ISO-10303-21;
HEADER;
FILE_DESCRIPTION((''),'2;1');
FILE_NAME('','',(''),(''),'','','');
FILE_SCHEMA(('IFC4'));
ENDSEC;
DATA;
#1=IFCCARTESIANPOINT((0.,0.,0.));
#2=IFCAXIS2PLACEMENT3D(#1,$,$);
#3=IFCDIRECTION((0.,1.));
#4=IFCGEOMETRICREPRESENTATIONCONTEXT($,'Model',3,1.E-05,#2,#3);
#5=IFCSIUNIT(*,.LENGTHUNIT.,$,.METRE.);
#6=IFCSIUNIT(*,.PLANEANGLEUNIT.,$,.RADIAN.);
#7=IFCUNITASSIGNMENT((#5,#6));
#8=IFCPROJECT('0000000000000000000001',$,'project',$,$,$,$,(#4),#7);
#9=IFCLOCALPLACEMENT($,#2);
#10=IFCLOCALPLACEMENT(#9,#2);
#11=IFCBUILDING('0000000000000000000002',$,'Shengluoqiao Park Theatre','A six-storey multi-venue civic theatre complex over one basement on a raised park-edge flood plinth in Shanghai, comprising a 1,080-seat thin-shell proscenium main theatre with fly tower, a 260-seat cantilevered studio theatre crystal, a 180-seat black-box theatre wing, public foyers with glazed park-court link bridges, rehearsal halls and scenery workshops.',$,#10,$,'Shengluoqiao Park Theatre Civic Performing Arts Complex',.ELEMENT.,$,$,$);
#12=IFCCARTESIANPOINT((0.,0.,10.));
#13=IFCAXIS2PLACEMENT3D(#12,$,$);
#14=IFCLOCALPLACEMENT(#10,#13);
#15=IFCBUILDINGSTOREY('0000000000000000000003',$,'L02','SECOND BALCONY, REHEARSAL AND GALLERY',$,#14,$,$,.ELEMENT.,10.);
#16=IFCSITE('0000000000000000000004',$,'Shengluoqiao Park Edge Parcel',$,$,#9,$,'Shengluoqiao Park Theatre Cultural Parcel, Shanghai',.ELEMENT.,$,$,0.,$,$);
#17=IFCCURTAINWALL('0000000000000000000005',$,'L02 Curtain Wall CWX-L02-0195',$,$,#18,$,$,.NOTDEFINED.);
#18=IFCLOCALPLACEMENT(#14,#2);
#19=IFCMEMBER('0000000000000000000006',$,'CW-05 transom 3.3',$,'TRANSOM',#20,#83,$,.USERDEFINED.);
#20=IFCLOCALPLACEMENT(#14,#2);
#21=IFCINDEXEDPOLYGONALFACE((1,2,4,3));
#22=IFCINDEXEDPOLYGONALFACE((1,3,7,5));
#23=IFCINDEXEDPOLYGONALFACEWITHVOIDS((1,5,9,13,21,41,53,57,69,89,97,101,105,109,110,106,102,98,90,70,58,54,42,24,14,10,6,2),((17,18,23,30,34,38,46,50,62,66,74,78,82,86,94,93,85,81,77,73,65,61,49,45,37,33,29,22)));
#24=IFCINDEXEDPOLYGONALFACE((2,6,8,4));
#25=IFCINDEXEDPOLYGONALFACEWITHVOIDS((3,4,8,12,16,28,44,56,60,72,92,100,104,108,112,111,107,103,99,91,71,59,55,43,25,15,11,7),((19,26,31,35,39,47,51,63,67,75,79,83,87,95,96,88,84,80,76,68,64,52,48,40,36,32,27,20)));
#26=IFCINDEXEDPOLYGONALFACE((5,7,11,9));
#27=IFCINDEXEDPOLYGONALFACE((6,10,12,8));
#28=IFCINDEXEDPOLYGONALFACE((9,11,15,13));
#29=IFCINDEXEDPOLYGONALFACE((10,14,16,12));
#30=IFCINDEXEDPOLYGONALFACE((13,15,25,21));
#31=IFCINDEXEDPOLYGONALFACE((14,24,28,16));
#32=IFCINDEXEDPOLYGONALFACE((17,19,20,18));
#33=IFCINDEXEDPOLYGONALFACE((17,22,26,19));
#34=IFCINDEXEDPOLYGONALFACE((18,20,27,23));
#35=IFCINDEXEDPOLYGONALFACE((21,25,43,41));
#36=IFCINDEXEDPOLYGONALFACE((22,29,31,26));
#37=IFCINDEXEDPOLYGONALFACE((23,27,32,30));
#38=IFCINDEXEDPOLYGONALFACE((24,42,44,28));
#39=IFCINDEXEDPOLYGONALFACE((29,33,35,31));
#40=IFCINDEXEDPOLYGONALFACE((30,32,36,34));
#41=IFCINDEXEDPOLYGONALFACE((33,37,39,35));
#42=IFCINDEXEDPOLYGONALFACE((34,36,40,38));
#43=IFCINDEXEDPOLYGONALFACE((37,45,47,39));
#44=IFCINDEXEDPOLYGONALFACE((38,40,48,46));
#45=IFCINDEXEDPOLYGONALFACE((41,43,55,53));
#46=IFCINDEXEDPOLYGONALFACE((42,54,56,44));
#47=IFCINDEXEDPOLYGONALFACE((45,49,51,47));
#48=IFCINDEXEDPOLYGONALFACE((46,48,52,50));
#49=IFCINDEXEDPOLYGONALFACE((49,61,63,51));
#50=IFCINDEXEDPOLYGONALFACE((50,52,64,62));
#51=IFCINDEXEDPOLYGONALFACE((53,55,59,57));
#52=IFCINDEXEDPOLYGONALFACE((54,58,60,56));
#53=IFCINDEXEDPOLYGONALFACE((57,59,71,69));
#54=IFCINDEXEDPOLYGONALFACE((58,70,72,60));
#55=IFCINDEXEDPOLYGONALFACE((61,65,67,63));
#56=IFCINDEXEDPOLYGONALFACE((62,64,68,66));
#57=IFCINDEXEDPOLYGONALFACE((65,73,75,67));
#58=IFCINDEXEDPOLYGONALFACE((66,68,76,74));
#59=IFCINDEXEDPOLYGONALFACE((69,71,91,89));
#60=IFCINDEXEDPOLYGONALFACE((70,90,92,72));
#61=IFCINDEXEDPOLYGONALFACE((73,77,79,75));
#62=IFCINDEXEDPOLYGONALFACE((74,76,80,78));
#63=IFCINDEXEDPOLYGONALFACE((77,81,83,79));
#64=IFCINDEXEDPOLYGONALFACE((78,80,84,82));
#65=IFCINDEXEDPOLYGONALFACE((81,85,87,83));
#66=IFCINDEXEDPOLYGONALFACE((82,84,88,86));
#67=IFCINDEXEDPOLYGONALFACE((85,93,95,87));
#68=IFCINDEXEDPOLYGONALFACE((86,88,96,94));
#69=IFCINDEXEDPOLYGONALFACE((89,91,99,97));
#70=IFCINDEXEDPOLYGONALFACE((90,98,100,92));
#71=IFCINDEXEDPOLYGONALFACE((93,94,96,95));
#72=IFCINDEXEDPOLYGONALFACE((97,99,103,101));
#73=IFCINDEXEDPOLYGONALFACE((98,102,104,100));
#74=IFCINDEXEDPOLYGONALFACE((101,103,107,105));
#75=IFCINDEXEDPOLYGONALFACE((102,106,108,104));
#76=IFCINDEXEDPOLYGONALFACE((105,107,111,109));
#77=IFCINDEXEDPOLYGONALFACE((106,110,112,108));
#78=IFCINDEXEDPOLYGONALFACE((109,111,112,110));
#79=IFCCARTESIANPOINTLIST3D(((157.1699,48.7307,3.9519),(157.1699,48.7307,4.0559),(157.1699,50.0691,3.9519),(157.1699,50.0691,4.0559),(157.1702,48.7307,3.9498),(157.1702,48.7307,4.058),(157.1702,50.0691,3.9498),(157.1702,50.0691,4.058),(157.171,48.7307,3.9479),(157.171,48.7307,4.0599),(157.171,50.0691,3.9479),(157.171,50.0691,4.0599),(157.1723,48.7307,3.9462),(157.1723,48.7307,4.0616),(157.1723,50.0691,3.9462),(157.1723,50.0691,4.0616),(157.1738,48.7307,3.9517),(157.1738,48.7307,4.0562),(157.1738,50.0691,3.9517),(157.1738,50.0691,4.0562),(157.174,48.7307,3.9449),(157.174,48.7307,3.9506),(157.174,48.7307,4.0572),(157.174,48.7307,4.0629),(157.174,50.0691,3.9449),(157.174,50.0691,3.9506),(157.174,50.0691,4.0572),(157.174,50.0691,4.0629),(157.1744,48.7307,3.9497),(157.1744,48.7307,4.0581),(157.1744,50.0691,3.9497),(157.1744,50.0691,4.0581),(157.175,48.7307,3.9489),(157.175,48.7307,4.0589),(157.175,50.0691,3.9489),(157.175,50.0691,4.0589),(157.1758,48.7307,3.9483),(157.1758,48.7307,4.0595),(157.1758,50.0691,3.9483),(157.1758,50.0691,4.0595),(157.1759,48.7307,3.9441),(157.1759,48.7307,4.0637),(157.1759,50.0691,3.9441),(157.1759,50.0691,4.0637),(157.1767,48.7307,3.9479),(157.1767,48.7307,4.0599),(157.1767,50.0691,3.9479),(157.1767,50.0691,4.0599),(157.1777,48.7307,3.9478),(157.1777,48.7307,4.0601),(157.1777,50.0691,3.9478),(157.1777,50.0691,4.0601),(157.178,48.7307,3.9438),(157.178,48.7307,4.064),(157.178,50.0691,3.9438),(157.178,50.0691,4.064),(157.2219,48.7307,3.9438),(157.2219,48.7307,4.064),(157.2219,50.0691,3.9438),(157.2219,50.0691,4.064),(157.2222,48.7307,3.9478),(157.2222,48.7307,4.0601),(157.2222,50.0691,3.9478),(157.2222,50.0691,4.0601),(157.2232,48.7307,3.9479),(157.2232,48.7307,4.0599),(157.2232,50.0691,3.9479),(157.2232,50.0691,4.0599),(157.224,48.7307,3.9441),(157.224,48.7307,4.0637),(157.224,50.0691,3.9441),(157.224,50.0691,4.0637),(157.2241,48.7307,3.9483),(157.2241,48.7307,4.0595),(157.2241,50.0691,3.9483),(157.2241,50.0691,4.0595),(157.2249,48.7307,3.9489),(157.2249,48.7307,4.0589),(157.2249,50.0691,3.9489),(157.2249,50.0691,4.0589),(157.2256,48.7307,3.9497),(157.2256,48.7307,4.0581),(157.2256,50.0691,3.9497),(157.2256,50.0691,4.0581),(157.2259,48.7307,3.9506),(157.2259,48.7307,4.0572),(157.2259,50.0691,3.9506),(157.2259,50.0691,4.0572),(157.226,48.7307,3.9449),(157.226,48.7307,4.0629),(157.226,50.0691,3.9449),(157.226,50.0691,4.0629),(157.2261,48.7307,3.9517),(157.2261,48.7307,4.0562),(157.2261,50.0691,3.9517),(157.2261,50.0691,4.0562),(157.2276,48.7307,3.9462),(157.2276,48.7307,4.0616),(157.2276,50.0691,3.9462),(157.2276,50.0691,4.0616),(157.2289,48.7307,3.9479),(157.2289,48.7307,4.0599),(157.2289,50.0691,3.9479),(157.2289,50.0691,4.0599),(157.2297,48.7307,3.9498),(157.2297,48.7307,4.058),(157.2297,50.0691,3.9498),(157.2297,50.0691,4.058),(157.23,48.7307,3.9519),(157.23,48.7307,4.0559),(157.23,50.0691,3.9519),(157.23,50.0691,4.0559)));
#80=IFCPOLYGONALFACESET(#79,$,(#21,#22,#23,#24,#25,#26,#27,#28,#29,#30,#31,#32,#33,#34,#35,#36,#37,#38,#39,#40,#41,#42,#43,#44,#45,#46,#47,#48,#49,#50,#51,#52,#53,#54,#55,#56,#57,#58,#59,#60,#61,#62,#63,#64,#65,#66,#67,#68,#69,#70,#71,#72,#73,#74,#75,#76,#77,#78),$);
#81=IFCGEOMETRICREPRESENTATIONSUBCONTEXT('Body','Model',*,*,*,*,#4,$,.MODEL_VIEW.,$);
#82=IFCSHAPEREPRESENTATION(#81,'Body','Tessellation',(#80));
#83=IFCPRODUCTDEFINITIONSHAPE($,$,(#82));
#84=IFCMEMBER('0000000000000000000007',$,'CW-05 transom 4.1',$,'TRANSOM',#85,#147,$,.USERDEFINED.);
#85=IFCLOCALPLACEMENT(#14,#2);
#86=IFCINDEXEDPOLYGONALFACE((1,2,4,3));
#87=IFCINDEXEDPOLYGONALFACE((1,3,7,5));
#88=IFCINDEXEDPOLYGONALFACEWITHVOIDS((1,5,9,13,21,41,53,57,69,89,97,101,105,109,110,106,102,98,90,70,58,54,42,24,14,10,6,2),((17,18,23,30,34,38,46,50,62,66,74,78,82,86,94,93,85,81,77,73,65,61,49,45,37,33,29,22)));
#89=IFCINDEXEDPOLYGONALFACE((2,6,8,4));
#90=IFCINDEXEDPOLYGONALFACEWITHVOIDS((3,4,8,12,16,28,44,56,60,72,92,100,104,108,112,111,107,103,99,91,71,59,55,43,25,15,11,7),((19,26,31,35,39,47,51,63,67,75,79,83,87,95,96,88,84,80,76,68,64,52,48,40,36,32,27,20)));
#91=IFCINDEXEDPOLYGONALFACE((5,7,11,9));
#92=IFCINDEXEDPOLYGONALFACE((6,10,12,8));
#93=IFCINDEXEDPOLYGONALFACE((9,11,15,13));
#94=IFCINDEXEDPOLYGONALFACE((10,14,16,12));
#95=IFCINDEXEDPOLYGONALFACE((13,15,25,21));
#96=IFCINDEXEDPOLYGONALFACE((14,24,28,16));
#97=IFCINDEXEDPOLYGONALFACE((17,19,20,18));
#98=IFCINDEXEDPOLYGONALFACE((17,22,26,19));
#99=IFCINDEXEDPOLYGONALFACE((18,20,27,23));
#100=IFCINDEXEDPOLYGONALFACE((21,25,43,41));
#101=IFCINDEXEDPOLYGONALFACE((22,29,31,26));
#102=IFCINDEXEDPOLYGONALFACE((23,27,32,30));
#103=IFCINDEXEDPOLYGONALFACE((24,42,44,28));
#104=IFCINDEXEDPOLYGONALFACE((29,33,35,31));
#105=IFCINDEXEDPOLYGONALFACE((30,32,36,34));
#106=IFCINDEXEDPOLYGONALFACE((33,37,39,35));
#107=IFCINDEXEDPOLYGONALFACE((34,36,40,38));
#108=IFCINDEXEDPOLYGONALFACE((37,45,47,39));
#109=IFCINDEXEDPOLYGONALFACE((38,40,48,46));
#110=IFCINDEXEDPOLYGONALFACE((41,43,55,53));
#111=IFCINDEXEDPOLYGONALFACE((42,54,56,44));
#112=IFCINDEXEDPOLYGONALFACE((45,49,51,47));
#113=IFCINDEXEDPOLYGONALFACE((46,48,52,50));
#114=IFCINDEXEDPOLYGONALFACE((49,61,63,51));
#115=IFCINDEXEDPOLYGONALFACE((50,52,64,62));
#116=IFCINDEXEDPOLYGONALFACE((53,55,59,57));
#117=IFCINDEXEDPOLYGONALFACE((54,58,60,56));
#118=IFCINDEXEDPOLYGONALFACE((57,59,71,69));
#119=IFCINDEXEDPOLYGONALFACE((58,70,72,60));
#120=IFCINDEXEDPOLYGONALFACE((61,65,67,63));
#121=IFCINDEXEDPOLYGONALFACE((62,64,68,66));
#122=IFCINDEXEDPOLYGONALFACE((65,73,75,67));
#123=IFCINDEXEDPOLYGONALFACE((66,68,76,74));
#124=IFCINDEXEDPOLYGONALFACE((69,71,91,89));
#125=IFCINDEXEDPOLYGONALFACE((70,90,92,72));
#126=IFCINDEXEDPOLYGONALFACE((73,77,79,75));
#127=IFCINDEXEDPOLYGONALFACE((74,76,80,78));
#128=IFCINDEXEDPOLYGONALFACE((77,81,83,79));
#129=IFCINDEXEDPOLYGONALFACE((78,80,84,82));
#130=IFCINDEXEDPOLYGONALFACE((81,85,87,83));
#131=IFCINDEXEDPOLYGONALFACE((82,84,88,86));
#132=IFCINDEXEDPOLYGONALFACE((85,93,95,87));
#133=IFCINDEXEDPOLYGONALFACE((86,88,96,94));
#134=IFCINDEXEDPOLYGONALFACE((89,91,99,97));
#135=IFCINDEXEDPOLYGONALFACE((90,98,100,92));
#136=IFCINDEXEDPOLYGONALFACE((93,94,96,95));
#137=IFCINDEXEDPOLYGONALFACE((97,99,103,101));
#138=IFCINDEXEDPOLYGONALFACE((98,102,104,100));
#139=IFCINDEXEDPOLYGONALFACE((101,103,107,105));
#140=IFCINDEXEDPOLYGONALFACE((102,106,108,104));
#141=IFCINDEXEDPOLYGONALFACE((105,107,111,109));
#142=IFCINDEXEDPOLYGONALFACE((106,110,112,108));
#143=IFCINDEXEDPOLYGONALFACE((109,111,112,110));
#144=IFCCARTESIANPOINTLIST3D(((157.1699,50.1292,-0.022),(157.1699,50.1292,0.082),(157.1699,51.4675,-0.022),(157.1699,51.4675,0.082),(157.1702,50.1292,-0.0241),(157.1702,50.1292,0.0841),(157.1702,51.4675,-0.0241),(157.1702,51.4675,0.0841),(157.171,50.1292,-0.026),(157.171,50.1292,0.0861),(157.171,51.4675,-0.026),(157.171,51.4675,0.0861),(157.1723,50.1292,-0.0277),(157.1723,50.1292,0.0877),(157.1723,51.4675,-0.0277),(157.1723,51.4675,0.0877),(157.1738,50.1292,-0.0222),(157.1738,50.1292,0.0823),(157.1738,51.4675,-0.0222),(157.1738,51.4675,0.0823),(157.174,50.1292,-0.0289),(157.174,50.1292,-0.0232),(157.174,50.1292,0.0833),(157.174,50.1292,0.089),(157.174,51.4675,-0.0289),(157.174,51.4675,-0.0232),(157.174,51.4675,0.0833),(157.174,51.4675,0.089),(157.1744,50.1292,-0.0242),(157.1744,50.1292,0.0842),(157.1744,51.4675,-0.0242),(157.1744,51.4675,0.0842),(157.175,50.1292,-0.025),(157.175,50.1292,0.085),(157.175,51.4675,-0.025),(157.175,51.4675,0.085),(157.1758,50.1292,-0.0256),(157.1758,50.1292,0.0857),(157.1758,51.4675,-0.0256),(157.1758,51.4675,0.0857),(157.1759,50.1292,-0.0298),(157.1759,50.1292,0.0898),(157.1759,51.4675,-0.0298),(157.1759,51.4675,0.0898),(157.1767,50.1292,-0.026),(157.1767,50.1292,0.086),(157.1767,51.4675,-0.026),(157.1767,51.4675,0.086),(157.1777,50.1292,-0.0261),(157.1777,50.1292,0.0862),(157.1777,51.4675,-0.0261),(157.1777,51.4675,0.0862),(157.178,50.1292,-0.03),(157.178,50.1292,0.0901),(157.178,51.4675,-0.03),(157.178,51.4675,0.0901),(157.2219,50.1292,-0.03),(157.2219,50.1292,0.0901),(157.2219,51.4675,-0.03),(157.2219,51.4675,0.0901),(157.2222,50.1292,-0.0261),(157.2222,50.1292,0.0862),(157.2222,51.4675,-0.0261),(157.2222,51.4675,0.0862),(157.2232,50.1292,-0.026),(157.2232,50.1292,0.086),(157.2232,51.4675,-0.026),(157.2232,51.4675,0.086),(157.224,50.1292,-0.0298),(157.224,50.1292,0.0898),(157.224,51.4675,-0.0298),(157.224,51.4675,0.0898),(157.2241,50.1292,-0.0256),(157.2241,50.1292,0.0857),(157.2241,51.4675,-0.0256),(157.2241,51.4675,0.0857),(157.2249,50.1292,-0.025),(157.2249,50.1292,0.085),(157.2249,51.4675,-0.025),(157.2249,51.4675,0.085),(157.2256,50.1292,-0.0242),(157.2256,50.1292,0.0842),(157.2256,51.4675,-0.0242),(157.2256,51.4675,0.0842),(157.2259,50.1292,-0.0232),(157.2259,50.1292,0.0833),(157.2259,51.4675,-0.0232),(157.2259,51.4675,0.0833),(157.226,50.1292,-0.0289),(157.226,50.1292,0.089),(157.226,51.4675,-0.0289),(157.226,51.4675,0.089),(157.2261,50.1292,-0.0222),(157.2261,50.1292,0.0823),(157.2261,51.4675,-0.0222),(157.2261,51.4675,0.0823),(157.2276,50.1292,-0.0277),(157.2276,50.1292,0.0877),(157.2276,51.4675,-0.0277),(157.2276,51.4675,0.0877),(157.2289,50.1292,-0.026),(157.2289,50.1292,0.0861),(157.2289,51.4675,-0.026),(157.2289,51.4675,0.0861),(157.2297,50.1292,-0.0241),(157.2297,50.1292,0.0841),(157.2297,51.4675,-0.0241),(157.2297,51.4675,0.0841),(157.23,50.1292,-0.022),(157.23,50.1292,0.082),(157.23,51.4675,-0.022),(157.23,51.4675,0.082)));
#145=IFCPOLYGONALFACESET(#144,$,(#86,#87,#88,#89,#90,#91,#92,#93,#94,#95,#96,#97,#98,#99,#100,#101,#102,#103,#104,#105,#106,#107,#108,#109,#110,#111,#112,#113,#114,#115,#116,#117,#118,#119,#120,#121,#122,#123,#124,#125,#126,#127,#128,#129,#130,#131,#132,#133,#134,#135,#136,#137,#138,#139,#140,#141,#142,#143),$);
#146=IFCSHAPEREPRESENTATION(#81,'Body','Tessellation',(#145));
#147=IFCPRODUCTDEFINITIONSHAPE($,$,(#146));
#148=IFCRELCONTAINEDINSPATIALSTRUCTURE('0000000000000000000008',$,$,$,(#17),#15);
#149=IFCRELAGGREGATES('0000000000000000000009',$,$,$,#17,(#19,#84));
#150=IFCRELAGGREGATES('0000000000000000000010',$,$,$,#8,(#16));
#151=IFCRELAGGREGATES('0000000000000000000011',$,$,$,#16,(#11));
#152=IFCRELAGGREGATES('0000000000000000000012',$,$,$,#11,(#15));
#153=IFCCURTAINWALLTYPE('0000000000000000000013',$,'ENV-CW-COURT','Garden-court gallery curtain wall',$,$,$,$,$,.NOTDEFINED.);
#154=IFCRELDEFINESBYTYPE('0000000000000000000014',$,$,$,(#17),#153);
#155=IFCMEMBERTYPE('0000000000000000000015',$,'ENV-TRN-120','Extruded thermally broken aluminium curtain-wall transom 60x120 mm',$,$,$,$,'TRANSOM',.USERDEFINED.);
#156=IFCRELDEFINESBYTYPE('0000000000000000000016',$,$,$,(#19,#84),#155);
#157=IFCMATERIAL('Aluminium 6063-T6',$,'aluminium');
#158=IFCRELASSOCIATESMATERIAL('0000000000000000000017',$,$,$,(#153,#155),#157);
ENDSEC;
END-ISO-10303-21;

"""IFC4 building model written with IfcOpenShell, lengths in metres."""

from ifc_helpers import new_model, si_unit, direction, frame, origin, origin_2d, place, context, subcontext, project, spatial, hollow_rectangle, extrude, material, material_profile, profile_set, type_object, element, aggregate, save


model = new_model("IFC4")

# Units and contexts
model_context = context("Model", 3, precision=1e-05, world=origin(), true_north=direction((0.0, 1.0)))
body_context = subcontext(model_context, "Body", "Model", "MODEL_VIEW")
ifc_project = project(units=[si_unit("LENGTHUNIT", "METRE"), si_unit("PLANEANGLEUNIT", "RADIAN")], contexts=[model_context])

# Site, building, storey
site_placement = place(None, origin())
site = spatial("IfcSite", under=ifc_project, at=site_placement, Name="Shengluoqiao Park Edge Parcel", LongName="Shengluoqiao Park Theatre Cultural Parcel, Shanghai", CompositionType="ELEMENT", RefElevation=0.0)
building_placement = place(site_placement, origin())
building = spatial("IfcBuilding", under=site, at=building_placement, Name="Shengluoqiao Park Theatre", Description="A six-storey multi-venue civic theatre complex over one basement on a raised park-edge flood plinth in Shanghai, comprising a 1,080-seat thin-shell proscenium main theatre with fly tower, a 260-seat cantilevered studio theatre crystal, a 180-seat black-box theatre wing, public foyers with glazed park-court link bridges, rehearsal halls and scenery workshops.", LongName="Shengluoqiao Park Theatre Civic Performing Arts Complex", CompositionType="ELEMENT")
storey_placement = place(building_placement, frame((0.0, 0.0, 10.0)))
storey = spatial("IfcBuildingStorey", under=building, at=storey_placement, Name="L02", Description="SECOND BALCONY, REHEARSAL AND GALLERY", CompositionType="ELEMENT", Elevation=10.0)

# Curtain wall, members
ifc_material_1 = material(Name="Aluminium 6063-T6", Category="aluminium")
curtain_wall_type = type_object("IfcCurtainWallType", Name="ENV-CW-COURT", Description="Garden-court gallery curtain wall", PredefinedType="NOTDEFINED", material=ifc_material_1)
curtain_wall_placement = place(storey_placement, origin())
curtain_wall = element("IfcCurtainWall", 1, at=curtain_wall_placement, inside=storey, type_object=curtain_wall_type, Name="L02 Curtain Wall CWX-L02-0195", PredefinedType="NOTDEFINED")
ifc_material_profile_1 = material_profile(ifc_material_1, hollow_rectangle(XDim=0.0601, YDim=0.1201, WallThickness=0.0039, InnerFilletRadius=0.0039, OuterFilletRadius=0.0081, at=origin_2d()), Name="ALU TRANSOM 120x60x4")
ifc_profile_set_1 = profile_set([ifc_material_profile_1], Name="Aluminium 6063-T6")
member_type_1 = type_object("IfcMemberType", Name="ENV-TRN-120", Description="Extruded thermally broken aluminium curtain-wall transom 60x120 mm", ElementType="TRANSOM", PredefinedType="USERDEFINED", material=ifc_profile_set_1)
member_1_placement = place(storey_placement, frame((157.2, 48.7307, 4.0039), z_axis=(0.0, 1.0, 0.0), x_axis=(-1.0, 0.0, 0.0)))
member_1 = element("IfcMember", 2, at=member_1_placement, type_object=member_type_1, Name="CW-05 transom 3.3", ObjectType="TRANSOM", PredefinedType="USERDEFINED", context=body_context, shape_type="SweptSolid", body=[
    extrude(hollow_rectangle(XDim=0.0601, YDim=0.1201, WallThickness=0.0039, InnerFilletRadius=0.0039, OuterFilletRadius=0.0081, at=origin_2d()), origin(), (0.0, 0.0, 1.0), 1.3384),
])
member_2_placement = place(storey_placement, frame((157.2, 50.1292, 0.03), z_axis=(0.0, 1.0, 0.0), x_axis=(-1.0, 0.0, 0.0)))
member_2 = element("IfcMember", 3, at=member_2_placement, type_object=member_type_1, Name="CW-05 transom 4.1", ObjectType="TRANSOM", PredefinedType="USERDEFINED", context=body_context, shape_type="SweptSolid", body=[
    extrude(hollow_rectangle(XDim=0.0601, YDim=0.1201, WallThickness=0.0039, InnerFilletRadius=0.0039, OuterFilletRadius=0.0081, at=origin_2d()), origin(), (0.0, 0.0, 1.0), 1.3384),
])

aggregate(curtain_wall, [member_1, member_2])

save(model, "model.ifc")
